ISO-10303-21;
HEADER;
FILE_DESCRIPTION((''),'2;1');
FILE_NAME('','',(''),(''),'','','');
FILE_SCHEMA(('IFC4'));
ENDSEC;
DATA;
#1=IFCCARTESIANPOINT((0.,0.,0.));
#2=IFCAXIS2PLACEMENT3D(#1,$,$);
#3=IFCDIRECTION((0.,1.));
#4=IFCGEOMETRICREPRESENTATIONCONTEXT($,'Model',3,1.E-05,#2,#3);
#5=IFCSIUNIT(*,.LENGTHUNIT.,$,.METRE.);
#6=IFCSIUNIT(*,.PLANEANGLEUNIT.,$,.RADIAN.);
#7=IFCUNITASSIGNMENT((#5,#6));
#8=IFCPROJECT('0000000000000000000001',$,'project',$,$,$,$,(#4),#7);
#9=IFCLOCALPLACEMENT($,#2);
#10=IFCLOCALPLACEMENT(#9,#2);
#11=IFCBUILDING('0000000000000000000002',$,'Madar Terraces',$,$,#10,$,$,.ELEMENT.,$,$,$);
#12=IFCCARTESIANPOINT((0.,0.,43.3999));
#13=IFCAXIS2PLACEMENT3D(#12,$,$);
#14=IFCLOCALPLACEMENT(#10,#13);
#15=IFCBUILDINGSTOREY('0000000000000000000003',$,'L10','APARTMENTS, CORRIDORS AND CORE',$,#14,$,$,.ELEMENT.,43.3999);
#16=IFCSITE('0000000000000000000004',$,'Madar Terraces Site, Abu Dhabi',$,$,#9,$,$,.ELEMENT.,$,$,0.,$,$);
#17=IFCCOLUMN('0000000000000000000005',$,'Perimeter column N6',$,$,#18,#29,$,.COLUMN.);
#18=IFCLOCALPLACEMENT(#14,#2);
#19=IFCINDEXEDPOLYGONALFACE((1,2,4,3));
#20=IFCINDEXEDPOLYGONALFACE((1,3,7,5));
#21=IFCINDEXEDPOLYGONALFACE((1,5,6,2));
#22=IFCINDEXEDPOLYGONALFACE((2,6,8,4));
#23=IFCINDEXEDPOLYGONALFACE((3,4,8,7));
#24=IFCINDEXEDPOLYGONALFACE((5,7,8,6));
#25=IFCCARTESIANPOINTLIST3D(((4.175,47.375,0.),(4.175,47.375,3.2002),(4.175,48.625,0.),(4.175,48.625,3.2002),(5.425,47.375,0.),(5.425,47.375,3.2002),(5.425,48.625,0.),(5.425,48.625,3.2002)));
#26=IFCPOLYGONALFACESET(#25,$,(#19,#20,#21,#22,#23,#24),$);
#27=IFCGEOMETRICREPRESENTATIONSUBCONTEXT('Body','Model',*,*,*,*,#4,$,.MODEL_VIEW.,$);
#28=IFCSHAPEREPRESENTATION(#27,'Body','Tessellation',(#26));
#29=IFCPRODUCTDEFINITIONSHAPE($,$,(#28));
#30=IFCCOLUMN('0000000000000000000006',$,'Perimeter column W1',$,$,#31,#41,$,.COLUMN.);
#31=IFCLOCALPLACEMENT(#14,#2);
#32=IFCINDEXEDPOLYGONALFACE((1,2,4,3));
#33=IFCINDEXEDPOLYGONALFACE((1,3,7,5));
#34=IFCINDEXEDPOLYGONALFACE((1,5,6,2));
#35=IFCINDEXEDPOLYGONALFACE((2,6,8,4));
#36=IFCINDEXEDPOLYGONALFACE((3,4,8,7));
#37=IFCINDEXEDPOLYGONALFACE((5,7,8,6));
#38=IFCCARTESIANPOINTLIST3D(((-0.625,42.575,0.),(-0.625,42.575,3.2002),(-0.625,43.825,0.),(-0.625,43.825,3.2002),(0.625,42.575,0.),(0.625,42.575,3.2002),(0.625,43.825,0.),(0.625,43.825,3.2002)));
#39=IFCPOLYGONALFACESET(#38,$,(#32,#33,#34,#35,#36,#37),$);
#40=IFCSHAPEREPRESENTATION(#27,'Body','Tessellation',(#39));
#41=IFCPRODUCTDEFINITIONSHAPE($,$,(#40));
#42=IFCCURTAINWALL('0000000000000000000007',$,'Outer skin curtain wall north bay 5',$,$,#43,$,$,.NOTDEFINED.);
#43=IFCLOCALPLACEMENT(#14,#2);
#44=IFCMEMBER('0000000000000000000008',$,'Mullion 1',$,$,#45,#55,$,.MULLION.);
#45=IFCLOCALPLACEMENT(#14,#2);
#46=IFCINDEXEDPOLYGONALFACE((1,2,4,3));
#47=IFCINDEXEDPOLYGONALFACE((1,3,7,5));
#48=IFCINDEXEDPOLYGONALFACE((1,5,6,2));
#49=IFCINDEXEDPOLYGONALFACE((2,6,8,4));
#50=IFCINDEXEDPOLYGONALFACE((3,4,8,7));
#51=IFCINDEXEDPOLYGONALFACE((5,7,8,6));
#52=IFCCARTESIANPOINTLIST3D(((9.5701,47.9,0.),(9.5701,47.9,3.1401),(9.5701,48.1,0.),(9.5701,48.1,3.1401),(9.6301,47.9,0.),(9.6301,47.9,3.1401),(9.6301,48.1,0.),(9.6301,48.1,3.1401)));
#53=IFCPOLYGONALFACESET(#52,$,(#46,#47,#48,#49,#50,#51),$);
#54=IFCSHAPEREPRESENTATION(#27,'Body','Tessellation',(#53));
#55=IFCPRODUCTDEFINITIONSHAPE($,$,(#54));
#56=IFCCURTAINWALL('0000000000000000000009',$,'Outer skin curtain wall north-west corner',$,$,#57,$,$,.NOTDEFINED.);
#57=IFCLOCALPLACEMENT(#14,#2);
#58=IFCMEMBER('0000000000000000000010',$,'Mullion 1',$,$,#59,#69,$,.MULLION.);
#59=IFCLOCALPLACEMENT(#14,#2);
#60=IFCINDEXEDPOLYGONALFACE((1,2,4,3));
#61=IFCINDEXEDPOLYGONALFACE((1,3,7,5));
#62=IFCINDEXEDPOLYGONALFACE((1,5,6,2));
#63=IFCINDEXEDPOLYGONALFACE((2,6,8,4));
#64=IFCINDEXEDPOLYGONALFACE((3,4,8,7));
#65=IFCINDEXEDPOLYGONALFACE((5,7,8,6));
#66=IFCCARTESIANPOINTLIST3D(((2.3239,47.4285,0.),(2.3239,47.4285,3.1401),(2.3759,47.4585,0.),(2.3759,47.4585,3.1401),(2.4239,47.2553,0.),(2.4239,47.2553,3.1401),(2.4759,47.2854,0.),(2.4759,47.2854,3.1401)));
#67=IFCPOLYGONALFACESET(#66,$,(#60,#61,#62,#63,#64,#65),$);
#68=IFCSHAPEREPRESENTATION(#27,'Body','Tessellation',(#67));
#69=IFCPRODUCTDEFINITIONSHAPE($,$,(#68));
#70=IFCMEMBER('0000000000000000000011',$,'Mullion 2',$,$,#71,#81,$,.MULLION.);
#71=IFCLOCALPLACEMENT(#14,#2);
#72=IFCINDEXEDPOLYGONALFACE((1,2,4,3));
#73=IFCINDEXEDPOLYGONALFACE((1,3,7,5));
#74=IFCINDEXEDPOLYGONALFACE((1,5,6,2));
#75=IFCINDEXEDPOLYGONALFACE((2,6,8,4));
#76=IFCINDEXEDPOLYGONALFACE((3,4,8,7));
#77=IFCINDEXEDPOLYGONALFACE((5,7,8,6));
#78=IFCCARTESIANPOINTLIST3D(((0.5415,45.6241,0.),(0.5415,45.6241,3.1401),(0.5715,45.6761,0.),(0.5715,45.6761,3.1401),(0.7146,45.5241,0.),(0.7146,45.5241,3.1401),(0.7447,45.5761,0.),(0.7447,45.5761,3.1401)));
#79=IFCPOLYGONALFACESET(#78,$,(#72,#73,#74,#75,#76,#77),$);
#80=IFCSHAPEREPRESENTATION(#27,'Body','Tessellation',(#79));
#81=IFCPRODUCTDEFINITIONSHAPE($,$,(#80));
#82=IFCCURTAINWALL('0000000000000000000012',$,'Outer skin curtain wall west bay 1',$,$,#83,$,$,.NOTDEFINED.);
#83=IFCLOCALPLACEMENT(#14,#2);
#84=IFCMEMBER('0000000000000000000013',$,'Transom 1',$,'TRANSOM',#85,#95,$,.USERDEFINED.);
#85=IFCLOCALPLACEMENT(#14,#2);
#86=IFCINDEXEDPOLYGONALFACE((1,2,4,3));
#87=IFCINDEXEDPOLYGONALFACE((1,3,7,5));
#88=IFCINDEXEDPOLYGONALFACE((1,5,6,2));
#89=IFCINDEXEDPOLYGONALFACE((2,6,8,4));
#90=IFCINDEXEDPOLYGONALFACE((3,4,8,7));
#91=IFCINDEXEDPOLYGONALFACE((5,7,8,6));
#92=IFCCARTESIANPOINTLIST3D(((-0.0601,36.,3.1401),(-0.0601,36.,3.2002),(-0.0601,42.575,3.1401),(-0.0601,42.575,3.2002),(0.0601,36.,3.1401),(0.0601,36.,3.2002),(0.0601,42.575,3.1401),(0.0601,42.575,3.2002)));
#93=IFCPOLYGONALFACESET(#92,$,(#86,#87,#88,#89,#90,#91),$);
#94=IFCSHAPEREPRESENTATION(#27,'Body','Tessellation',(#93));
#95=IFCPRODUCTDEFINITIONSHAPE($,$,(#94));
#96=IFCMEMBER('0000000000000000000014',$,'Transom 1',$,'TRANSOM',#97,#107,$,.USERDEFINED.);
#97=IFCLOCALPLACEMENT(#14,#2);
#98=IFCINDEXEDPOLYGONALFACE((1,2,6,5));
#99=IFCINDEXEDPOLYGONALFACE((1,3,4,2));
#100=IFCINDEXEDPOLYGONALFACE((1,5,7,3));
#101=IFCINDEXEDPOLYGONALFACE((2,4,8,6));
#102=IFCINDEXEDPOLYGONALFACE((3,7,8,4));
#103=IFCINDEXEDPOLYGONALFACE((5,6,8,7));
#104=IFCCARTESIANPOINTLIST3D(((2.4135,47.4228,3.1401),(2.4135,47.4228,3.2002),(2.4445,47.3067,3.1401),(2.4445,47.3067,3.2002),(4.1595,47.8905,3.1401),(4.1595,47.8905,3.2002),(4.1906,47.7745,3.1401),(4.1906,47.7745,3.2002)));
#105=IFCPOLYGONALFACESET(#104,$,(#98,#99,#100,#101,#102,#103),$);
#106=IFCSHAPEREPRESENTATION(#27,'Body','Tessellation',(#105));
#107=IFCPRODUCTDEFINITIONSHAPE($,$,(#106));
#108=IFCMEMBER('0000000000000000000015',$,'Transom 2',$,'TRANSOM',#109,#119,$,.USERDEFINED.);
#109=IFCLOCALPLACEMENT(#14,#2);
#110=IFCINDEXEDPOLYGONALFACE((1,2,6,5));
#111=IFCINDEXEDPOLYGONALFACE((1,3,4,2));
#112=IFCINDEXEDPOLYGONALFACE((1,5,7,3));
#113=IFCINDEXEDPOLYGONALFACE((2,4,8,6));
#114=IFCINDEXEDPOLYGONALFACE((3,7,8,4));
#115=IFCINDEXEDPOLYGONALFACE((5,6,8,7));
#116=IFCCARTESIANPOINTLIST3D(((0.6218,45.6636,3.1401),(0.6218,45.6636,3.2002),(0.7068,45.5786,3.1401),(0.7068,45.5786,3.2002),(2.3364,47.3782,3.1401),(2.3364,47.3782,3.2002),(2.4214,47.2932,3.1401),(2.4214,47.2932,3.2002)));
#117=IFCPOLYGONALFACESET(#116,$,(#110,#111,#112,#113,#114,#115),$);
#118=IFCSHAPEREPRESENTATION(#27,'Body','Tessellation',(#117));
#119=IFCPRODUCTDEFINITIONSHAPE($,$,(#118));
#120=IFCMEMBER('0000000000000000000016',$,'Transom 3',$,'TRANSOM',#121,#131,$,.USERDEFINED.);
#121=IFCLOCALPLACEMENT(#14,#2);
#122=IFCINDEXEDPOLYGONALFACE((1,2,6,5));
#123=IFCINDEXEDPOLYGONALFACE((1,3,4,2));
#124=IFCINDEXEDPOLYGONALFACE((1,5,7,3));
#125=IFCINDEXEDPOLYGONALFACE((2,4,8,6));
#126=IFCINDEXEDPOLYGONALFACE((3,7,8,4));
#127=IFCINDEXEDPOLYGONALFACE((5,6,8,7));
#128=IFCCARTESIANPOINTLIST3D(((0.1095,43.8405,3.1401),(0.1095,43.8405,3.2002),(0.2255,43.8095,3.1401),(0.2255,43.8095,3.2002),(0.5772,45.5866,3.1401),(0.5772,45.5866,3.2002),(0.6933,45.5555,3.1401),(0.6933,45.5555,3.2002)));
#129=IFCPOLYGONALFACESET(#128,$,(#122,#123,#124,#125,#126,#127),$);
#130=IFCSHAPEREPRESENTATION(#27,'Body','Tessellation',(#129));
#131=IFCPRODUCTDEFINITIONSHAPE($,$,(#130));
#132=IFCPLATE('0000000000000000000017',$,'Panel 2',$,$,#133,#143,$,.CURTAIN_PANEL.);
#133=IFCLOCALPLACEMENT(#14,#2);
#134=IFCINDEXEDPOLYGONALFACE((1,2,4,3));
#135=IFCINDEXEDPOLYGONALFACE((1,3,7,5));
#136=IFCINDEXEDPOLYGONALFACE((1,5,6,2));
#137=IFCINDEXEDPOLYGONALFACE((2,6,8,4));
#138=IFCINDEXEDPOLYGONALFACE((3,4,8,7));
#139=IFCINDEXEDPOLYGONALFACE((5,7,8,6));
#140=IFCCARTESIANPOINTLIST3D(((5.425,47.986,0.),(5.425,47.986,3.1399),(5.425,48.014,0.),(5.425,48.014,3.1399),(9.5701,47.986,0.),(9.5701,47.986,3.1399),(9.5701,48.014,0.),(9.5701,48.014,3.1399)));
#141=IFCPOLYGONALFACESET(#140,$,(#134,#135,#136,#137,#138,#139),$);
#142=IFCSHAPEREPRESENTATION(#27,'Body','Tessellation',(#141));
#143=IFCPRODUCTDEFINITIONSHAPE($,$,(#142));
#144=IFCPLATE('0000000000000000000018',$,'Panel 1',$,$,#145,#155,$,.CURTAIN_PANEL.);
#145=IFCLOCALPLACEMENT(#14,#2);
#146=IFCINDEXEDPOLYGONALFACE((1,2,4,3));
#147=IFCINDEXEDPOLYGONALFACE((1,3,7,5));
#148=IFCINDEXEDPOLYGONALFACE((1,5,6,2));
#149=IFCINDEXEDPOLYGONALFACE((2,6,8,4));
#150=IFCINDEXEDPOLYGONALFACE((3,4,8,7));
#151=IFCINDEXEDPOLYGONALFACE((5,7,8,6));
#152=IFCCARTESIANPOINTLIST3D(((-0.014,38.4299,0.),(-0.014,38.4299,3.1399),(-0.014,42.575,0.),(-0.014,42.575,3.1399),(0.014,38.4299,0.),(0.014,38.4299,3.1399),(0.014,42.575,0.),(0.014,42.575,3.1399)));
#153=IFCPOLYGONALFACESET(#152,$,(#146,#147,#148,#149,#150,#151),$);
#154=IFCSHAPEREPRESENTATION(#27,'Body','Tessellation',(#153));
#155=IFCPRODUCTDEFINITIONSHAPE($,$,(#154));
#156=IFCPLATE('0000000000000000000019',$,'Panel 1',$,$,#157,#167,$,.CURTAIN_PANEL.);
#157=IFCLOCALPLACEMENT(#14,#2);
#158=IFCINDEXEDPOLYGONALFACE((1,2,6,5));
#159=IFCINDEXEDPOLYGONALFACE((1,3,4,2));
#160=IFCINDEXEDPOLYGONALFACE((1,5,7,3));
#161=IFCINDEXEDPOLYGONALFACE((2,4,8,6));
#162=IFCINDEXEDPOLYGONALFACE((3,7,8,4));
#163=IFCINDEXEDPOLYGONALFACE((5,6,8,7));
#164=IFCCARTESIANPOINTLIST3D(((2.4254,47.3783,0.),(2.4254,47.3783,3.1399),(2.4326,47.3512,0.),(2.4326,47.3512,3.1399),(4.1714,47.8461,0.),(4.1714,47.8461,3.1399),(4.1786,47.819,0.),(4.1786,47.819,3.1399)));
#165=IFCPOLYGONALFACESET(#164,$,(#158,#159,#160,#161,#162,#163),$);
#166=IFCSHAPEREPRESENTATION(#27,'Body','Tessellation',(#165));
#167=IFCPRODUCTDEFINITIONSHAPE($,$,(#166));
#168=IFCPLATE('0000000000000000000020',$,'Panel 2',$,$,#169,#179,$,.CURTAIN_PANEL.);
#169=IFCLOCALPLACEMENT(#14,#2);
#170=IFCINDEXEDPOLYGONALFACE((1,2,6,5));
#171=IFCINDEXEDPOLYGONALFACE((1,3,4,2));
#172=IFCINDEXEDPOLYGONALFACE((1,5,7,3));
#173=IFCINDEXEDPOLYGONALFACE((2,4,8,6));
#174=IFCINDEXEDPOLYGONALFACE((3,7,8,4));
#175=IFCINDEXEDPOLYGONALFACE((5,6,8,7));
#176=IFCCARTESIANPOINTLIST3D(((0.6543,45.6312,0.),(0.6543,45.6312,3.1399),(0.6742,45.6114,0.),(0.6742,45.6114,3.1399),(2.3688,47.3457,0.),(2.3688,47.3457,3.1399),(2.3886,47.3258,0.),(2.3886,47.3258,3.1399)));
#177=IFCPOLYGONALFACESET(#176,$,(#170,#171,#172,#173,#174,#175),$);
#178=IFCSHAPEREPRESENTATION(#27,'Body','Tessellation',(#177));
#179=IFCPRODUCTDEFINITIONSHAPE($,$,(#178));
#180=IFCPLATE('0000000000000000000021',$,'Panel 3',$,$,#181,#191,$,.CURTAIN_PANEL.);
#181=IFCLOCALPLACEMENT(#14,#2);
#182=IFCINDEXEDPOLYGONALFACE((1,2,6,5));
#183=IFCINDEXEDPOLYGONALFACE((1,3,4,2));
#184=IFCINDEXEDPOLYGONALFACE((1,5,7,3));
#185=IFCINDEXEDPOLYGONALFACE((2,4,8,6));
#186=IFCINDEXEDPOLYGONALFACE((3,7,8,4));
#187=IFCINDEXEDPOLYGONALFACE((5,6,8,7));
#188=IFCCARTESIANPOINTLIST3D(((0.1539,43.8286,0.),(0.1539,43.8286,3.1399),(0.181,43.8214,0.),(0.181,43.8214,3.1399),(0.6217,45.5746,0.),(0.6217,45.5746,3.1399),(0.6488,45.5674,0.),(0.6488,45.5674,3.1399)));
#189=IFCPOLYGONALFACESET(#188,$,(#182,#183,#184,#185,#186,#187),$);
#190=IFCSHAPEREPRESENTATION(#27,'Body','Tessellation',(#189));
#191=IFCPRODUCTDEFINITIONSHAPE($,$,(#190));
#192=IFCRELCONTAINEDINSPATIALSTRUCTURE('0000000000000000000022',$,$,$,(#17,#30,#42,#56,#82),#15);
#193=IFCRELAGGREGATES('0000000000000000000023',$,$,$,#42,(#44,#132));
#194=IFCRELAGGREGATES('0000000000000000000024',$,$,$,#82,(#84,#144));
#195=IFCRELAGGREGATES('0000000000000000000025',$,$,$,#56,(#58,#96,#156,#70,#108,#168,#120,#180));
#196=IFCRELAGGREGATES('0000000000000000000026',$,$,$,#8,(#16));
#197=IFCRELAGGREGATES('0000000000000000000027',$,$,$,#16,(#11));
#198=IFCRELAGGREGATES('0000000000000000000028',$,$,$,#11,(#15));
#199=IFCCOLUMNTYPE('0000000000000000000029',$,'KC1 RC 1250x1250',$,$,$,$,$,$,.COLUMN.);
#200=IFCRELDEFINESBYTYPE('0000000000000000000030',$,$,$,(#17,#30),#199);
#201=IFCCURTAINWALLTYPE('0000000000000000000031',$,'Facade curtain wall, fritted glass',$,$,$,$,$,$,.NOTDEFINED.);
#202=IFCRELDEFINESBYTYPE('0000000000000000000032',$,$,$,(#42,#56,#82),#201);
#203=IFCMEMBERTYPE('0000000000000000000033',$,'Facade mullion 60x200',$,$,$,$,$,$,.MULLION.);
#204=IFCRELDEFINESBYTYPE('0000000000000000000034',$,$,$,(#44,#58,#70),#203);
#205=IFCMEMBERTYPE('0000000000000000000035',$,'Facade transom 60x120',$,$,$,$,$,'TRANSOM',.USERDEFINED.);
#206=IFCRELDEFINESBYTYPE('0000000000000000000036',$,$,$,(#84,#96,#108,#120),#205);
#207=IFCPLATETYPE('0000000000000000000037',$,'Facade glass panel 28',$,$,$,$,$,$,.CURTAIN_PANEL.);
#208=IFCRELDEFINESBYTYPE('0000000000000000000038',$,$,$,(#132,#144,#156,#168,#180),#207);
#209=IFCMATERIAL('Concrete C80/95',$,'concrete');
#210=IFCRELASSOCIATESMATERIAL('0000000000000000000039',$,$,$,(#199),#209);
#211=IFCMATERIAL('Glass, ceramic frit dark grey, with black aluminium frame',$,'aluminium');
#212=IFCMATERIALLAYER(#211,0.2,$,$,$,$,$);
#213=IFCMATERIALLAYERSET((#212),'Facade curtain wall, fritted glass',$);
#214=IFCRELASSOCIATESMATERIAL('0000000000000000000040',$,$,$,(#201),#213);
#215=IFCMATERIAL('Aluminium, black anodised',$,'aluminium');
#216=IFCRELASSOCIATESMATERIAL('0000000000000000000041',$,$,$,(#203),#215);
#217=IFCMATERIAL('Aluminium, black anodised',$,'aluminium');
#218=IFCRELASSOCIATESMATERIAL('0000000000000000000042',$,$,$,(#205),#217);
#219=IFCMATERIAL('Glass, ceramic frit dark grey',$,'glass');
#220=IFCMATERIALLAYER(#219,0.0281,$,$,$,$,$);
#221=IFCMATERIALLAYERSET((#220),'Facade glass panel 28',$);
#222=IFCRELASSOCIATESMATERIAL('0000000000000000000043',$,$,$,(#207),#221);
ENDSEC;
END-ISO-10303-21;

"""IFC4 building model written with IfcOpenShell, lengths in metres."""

from ifc_helpers import new_model, si_unit, direction, frame, origin, origin_2d, place, context, subcontext, project, spatial, rectangle, extrude, material, layer, layer_set, material_profile, profile_set, type_object, element, aggregate, save


model = new_model("IFC4")

# Units and contexts
model_context = context("Model", 3, precision=1e-05, world=origin(), true_north=direction((0.0, 1.0)))
body_context = subcontext(model_context, "Body", "Model", "MODEL_VIEW")
ifc_project = project(units=[si_unit("LENGTHUNIT", "METRE"), si_unit("PLANEANGLEUNIT", "RADIAN")], contexts=[model_context])

# Site, building, storey
site_placement = place(None, origin())
site = spatial("IfcSite", under=ifc_project, at=site_placement, Name="Madar Terraces Site, Abu Dhabi", CompositionType="ELEMENT", RefElevation=0.0)
building_placement = place(site_placement, origin())
building = spatial("IfcBuilding", under=site, at=building_placement, Name="Madar Terraces", CompositionType="ELEMENT")
storey_placement = place(building_placement, frame((0.0, 0.0, 43.3999)))
storey = spatial("IfcBuildingStorey", under=building, at=storey_placement, Name="L10", Description="APARTMENTS, CORRIDORS AND CORE", CompositionType="ELEMENT", Elevation=43.3999)

# Columns
ifc_material_1 = material(Name="Concrete C80/95", Category="concrete")
ifc_material_profile_1 = material_profile(ifc_material_1, rectangle(XDim=1.25, YDim=1.25, at=origin_2d()), Name="KC1 RC 1250x1250")
ifc_profile_set_1 = profile_set([ifc_material_profile_1], Name="Concrete C80/95")
column_type = type_object("IfcColumnType", Name="KC1 RC 1250x1250", PredefinedType="COLUMN", material=ifc_profile_set_1)
for number, where, z_axis, x_axis, name in (
    (1, (4.8, 48.0, 0.0), (0.0, 0.0, 1.0), (1.0, 0.0, 0.0), "Perimeter column N6"),
    (2, (0.0, 43.2, 0.0), (0.0, 0.0, 1.0), (1.0, 0.0, 0.0), "Perimeter column W1"),
):
    element("IfcColumn", number, at=place(storey_placement, frame(where, z_axis=z_axis, x_axis=x_axis)), inside=storey, type_object=column_type, Name=name, PredefinedType="COLUMN", context=body_context, shape_type="SweptSolid", body=[
        extrude(rectangle(XDim=1.25, YDim=1.25, at=origin_2d()), origin(), (0.0, 0.0, 1.0), 3.2002),
    ])

# Curtain wall, member
ifc_material_2 = material(Name="Glass, ceramic frit dark grey, with black aluminium frame", Category="aluminium")
ifc_layer_1 = layer(ifc_material_2, 0.2)
ifc_layer_set_1 = layer_set([ifc_layer_1], Name="Facade curtain wall, fritted glass")
curtain_wall_type = type_object("IfcCurtainWallType", Name="Facade curtain wall, fritted glass", PredefinedType="NOTDEFINED", material=ifc_layer_set_1)
curtain_wall_1_placement = place(storey_placement, origin())
curtain_wall_1 = element("IfcCurtainWall", 3, at=curtain_wall_1_placement, inside=storey, type_object=curtain_wall_type, Name="Outer skin curtain wall north bay 5", PredefinedType="NOTDEFINED")
ifc_material_3 = material(Name="Aluminium, black anodised", Category="aluminium")
ifc_material_profile_2 = material_profile(ifc_material_3, rectangle(XDim=0.2, YDim=0.0601, at=origin_2d()), Name="Facade mullion 60x200")
ifc_profile_set_2 = profile_set([ifc_material_profile_2], Name="Aluminium, black anodised")
member_type_1 = type_object("IfcMemberType", Name="Facade mullion 60x200", PredefinedType="MULLION", material=ifc_profile_set_2)
member_1_placement = place(storey_placement, frame((9.6001, 48.0, 0.0), z_axis=(0.0, 0.0, 1.0), x_axis=(0.0, -1.0, 0.0)))
member_1 = element("IfcMember", 4, at=member_1_placement, type_object=member_type_1, Name="Mullion 1", PredefinedType="MULLION", context=body_context, shape_type="SweptSolid", body=[
    extrude(rectangle(XDim=0.2, YDim=0.0601, at=origin_2d()), origin(), (0.0, 0.0, 1.0), 3.1401),
])

# Curtain wall, members
curtain_wall_2_placement = place(storey_placement, origin())
curtain_wall_2 = element("IfcCurtainWall", 5, at=curtain_wall_2_placement, inside=storey, type_object=curtain_wall_type, Name="Outer skin curtain wall north-west corner", PredefinedType="NOTDEFINED")
member_2_placement = place(storey_placement, frame((2.3999, 47.3569, 0.0), z_axis=(0.0, 0.0, 1.0), x_axis=(0.5, -0.866025, 0.0)))
member_2 = element("IfcMember", 6, at=member_2_placement, type_object=member_type_1, Name="Mullion 1", PredefinedType="MULLION", context=body_context, shape_type="SweptSolid", body=[
    extrude(rectangle(XDim=0.2, YDim=0.0601, at=origin_2d()), origin(), (0.0, 0.0, 1.0), 3.1401),
])
member_3_placement = place(storey_placement, frame((0.6431, 45.6001, 0.0), z_axis=(0.0, 0.0, 1.0), x_axis=(0.866025, -0.5, 0.0)))
member_3 = element("IfcMember", 7, at=member_3_placement, type_object=member_type_1, Name="Mullion 2", PredefinedType="MULLION", context=body_context, shape_type="SweptSolid", body=[
    extrude(rectangle(XDim=0.2, YDim=0.0601, at=origin_2d()), origin(), (0.0, 0.0, 1.0), 3.1401),
])

# Curtain wall, member
curtain_wall_3_placement = place(storey_placement, origin())
curtain_wall_3 = element("IfcCurtainWall", 8, at=curtain_wall_3_placement, inside=storey, type_object=curtain_wall_type, Name="Outer skin curtain wall west bay 1", PredefinedType="NOTDEFINED")
ifc_material_4 = material(Name="Aluminium, black anodised", Category="aluminium")
ifc_material_profile_3 = material_profile(ifc_material_4, rectangle(XDim=0.1201, YDim=0.0601, at=origin_2d()), Name="Facade transom 60x120")
ifc_profile_set_3 = profile_set([ifc_material_profile_3], Name="Aluminium, black anodised")
member_type_2 = type_object("IfcMemberType", Name="Facade transom 60x120", ElementType="TRANSOM", PredefinedType="USERDEFINED", material=ifc_profile_set_3)
member_4_placement = place(storey_placement, frame((0.0, 42.575, 3.1702), z_axis=(0.0, -1.0, 0.0), x_axis=(1.0, 0.0, 0.0)))
member_4 = element("IfcMember", 9, at=member_4_placement, type_object=member_type_2, Name="Transom 1", ObjectType="TRANSOM", PredefinedType="USERDEFINED", context=body_context, shape_type="SweptSolid", body=[
    extrude(rectangle(XDim=0.1201, YDim=0.0601, at=origin_2d()), origin(), (0.0, 0.0, 1.0), 6.575),
])

# Members
member_5_placement = place(storey_placement, frame((4.175, 47.8325, 3.1702), z_axis=(-0.965938, -0.258772, 0.0), x_axis=(0.258772, -0.965938, 0.0)))
member_5 = element("IfcMember", 10, at=member_5_placement, type_object=member_type_2, Name="Transom 1", ObjectType="TRANSOM", PredefinedType="USERDEFINED", context=body_context, shape_type="SweptSolid", body=[
    extrude(rectangle(XDim=0.1201, YDim=0.0601, at=origin_2d()), origin(), (0.0, 0.0, 1.0), 1.8076),
])
member_6_placement = place(storey_placement, frame((2.3789, 47.3357, 3.1702), z_axis=(-0.707107, -0.707107, 0.0), x_axis=(0.707107, -0.707107, 0.0)))
member_6 = element("IfcMember", 11, at=member_6_placement, type_object=member_type_2, Name="Transom 2", ObjectType="TRANSOM", PredefinedType="USERDEFINED", context=body_context, shape_type="SweptSolid", body=[
    extrude(rectangle(XDim=0.1201, YDim=0.0601, at=origin_2d()), origin(), (0.0, 0.0, 1.0), 2.4248),
])
member_7_placement = place(storey_placement, frame((0.6353, 45.571, 3.1702), z_axis=(-0.258772, -0.965938, 0.0), x_axis=(0.965938, -0.258772, 0.0)))
member_7 = element("IfcMember", 12, at=member_7_placement, type_object=member_type_2, Name="Transom 3", ObjectType="TRANSOM", PredefinedType="USERDEFINED", context=body_context, shape_type="SweptSolid", body=[
    extrude(rectangle(XDim=0.1201, YDim=0.0601, at=origin_2d()), origin(), (0.0, 0.0, 1.0), 1.8076),
])

# Plates
ifc_material_5 = material(Name="Glass, ceramic frit dark grey", Category="glass")
ifc_layer_2 = layer(ifc_material_5, 0.0281)
ifc_layer_set_2 = layer_set([ifc_layer_2], Name="Facade glass panel 28")
plate_type = type_object("IfcPlateType", Name="Facade glass panel 28", PredefinedType="CURTAIN_PANEL", material=ifc_layer_set_2)
plate_1_placement = place(storey_placement, frame((7.4976, 48.0, 0.0), z_axis=(0.0, 0.0, 1.0), x_axis=(-1.0, 0.0, 0.0)))
plate_1 = element("IfcPlate", 13, at=plate_1_placement, type_object=plate_type, Name="Panel 2", PredefinedType="CURTAIN_PANEL", context=body_context, shape_type="SweptSolid", body=[
    extrude(rectangle(XDim=4.145, YDim=0.0281, at=origin_2d()), origin(), (0.0, 0.0, 1.0), 3.1399),
])
aggregate(curtain_wall_1, [member_1, plate_1])
plate_2_placement = place(storey_placement, frame((0.0, 40.5024, 0.0), z_axis=(0.0, 0.0, 1.0), x_axis=(0.0, -1.0, 0.0)))
plate_2 = element("IfcPlate", 14, at=plate_2_placement, type_object=plate_type, Name="Panel 1", PredefinedType="CURTAIN_PANEL", context=body_context, shape_type="SweptSolid", body=[
    extrude(rectangle(XDim=4.145, YDim=0.0281, at=origin_2d()), origin(), (0.0, 0.0, 1.0), 3.1399),
])
aggregate(curtain_wall_3, [member_4, plate_2])
plate_3_placement = place(storey_placement, frame((3.302, 47.5986, 0.0), z_axis=(0.0, 0.0, 1.0), x_axis=(-0.965926, -0.258819, 0.0)))
plate_3 = element("IfcPlate", 15, at=plate_3_placement, type_object=plate_type, Name="Panel 1", PredefinedType="CURTAIN_PANEL", context=body_context, shape_type="SweptSolid", body=[
    extrude(rectangle(XDim=1.8076, YDim=0.0281, at=origin_2d()), origin(), (0.0, 0.0, 1.0), 3.1399),
])
plate_4_placement = place(storey_placement, frame((1.5215, 46.4785, 0.0), z_axis=(0.0, 0.0, 1.0), x_axis=(-0.707107, -0.707107, 0.0)))
plate_4 = element("IfcPlate", 16, at=plate_4_placement, type_object=plate_type, Name="Panel 2", PredefinedType="CURTAIN_PANEL", context=body_context, shape_type="SweptSolid", body=[
    extrude(rectangle(XDim=2.4246, YDim=0.0281, at=origin_2d()), origin(), (0.0, 0.0, 1.0), 3.1399),
])
plate_5_placement = place(storey_placement, frame((0.4014, 44.698, 0.0), z_axis=(0.0, 0.0, 1.0), x_axis=(-0.258819, -0.965926, 0.0)))
plate_5 = element("IfcPlate", 17, at=plate_5_placement, type_object=plate_type, Name="Panel 3", PredefinedType="CURTAIN_PANEL", context=body_context, shape_type="SweptSolid", body=[
    extrude(rectangle(XDim=1.8076, YDim=0.0281, at=origin_2d()), origin(), (0.0, 0.0, 1.0), 3.1399),
])
aggregate(curtain_wall_2, [member_2, member_5, plate_3, member_3, member_6, plate_4, member_7, plate_5])

save(model, "model.ifc")
